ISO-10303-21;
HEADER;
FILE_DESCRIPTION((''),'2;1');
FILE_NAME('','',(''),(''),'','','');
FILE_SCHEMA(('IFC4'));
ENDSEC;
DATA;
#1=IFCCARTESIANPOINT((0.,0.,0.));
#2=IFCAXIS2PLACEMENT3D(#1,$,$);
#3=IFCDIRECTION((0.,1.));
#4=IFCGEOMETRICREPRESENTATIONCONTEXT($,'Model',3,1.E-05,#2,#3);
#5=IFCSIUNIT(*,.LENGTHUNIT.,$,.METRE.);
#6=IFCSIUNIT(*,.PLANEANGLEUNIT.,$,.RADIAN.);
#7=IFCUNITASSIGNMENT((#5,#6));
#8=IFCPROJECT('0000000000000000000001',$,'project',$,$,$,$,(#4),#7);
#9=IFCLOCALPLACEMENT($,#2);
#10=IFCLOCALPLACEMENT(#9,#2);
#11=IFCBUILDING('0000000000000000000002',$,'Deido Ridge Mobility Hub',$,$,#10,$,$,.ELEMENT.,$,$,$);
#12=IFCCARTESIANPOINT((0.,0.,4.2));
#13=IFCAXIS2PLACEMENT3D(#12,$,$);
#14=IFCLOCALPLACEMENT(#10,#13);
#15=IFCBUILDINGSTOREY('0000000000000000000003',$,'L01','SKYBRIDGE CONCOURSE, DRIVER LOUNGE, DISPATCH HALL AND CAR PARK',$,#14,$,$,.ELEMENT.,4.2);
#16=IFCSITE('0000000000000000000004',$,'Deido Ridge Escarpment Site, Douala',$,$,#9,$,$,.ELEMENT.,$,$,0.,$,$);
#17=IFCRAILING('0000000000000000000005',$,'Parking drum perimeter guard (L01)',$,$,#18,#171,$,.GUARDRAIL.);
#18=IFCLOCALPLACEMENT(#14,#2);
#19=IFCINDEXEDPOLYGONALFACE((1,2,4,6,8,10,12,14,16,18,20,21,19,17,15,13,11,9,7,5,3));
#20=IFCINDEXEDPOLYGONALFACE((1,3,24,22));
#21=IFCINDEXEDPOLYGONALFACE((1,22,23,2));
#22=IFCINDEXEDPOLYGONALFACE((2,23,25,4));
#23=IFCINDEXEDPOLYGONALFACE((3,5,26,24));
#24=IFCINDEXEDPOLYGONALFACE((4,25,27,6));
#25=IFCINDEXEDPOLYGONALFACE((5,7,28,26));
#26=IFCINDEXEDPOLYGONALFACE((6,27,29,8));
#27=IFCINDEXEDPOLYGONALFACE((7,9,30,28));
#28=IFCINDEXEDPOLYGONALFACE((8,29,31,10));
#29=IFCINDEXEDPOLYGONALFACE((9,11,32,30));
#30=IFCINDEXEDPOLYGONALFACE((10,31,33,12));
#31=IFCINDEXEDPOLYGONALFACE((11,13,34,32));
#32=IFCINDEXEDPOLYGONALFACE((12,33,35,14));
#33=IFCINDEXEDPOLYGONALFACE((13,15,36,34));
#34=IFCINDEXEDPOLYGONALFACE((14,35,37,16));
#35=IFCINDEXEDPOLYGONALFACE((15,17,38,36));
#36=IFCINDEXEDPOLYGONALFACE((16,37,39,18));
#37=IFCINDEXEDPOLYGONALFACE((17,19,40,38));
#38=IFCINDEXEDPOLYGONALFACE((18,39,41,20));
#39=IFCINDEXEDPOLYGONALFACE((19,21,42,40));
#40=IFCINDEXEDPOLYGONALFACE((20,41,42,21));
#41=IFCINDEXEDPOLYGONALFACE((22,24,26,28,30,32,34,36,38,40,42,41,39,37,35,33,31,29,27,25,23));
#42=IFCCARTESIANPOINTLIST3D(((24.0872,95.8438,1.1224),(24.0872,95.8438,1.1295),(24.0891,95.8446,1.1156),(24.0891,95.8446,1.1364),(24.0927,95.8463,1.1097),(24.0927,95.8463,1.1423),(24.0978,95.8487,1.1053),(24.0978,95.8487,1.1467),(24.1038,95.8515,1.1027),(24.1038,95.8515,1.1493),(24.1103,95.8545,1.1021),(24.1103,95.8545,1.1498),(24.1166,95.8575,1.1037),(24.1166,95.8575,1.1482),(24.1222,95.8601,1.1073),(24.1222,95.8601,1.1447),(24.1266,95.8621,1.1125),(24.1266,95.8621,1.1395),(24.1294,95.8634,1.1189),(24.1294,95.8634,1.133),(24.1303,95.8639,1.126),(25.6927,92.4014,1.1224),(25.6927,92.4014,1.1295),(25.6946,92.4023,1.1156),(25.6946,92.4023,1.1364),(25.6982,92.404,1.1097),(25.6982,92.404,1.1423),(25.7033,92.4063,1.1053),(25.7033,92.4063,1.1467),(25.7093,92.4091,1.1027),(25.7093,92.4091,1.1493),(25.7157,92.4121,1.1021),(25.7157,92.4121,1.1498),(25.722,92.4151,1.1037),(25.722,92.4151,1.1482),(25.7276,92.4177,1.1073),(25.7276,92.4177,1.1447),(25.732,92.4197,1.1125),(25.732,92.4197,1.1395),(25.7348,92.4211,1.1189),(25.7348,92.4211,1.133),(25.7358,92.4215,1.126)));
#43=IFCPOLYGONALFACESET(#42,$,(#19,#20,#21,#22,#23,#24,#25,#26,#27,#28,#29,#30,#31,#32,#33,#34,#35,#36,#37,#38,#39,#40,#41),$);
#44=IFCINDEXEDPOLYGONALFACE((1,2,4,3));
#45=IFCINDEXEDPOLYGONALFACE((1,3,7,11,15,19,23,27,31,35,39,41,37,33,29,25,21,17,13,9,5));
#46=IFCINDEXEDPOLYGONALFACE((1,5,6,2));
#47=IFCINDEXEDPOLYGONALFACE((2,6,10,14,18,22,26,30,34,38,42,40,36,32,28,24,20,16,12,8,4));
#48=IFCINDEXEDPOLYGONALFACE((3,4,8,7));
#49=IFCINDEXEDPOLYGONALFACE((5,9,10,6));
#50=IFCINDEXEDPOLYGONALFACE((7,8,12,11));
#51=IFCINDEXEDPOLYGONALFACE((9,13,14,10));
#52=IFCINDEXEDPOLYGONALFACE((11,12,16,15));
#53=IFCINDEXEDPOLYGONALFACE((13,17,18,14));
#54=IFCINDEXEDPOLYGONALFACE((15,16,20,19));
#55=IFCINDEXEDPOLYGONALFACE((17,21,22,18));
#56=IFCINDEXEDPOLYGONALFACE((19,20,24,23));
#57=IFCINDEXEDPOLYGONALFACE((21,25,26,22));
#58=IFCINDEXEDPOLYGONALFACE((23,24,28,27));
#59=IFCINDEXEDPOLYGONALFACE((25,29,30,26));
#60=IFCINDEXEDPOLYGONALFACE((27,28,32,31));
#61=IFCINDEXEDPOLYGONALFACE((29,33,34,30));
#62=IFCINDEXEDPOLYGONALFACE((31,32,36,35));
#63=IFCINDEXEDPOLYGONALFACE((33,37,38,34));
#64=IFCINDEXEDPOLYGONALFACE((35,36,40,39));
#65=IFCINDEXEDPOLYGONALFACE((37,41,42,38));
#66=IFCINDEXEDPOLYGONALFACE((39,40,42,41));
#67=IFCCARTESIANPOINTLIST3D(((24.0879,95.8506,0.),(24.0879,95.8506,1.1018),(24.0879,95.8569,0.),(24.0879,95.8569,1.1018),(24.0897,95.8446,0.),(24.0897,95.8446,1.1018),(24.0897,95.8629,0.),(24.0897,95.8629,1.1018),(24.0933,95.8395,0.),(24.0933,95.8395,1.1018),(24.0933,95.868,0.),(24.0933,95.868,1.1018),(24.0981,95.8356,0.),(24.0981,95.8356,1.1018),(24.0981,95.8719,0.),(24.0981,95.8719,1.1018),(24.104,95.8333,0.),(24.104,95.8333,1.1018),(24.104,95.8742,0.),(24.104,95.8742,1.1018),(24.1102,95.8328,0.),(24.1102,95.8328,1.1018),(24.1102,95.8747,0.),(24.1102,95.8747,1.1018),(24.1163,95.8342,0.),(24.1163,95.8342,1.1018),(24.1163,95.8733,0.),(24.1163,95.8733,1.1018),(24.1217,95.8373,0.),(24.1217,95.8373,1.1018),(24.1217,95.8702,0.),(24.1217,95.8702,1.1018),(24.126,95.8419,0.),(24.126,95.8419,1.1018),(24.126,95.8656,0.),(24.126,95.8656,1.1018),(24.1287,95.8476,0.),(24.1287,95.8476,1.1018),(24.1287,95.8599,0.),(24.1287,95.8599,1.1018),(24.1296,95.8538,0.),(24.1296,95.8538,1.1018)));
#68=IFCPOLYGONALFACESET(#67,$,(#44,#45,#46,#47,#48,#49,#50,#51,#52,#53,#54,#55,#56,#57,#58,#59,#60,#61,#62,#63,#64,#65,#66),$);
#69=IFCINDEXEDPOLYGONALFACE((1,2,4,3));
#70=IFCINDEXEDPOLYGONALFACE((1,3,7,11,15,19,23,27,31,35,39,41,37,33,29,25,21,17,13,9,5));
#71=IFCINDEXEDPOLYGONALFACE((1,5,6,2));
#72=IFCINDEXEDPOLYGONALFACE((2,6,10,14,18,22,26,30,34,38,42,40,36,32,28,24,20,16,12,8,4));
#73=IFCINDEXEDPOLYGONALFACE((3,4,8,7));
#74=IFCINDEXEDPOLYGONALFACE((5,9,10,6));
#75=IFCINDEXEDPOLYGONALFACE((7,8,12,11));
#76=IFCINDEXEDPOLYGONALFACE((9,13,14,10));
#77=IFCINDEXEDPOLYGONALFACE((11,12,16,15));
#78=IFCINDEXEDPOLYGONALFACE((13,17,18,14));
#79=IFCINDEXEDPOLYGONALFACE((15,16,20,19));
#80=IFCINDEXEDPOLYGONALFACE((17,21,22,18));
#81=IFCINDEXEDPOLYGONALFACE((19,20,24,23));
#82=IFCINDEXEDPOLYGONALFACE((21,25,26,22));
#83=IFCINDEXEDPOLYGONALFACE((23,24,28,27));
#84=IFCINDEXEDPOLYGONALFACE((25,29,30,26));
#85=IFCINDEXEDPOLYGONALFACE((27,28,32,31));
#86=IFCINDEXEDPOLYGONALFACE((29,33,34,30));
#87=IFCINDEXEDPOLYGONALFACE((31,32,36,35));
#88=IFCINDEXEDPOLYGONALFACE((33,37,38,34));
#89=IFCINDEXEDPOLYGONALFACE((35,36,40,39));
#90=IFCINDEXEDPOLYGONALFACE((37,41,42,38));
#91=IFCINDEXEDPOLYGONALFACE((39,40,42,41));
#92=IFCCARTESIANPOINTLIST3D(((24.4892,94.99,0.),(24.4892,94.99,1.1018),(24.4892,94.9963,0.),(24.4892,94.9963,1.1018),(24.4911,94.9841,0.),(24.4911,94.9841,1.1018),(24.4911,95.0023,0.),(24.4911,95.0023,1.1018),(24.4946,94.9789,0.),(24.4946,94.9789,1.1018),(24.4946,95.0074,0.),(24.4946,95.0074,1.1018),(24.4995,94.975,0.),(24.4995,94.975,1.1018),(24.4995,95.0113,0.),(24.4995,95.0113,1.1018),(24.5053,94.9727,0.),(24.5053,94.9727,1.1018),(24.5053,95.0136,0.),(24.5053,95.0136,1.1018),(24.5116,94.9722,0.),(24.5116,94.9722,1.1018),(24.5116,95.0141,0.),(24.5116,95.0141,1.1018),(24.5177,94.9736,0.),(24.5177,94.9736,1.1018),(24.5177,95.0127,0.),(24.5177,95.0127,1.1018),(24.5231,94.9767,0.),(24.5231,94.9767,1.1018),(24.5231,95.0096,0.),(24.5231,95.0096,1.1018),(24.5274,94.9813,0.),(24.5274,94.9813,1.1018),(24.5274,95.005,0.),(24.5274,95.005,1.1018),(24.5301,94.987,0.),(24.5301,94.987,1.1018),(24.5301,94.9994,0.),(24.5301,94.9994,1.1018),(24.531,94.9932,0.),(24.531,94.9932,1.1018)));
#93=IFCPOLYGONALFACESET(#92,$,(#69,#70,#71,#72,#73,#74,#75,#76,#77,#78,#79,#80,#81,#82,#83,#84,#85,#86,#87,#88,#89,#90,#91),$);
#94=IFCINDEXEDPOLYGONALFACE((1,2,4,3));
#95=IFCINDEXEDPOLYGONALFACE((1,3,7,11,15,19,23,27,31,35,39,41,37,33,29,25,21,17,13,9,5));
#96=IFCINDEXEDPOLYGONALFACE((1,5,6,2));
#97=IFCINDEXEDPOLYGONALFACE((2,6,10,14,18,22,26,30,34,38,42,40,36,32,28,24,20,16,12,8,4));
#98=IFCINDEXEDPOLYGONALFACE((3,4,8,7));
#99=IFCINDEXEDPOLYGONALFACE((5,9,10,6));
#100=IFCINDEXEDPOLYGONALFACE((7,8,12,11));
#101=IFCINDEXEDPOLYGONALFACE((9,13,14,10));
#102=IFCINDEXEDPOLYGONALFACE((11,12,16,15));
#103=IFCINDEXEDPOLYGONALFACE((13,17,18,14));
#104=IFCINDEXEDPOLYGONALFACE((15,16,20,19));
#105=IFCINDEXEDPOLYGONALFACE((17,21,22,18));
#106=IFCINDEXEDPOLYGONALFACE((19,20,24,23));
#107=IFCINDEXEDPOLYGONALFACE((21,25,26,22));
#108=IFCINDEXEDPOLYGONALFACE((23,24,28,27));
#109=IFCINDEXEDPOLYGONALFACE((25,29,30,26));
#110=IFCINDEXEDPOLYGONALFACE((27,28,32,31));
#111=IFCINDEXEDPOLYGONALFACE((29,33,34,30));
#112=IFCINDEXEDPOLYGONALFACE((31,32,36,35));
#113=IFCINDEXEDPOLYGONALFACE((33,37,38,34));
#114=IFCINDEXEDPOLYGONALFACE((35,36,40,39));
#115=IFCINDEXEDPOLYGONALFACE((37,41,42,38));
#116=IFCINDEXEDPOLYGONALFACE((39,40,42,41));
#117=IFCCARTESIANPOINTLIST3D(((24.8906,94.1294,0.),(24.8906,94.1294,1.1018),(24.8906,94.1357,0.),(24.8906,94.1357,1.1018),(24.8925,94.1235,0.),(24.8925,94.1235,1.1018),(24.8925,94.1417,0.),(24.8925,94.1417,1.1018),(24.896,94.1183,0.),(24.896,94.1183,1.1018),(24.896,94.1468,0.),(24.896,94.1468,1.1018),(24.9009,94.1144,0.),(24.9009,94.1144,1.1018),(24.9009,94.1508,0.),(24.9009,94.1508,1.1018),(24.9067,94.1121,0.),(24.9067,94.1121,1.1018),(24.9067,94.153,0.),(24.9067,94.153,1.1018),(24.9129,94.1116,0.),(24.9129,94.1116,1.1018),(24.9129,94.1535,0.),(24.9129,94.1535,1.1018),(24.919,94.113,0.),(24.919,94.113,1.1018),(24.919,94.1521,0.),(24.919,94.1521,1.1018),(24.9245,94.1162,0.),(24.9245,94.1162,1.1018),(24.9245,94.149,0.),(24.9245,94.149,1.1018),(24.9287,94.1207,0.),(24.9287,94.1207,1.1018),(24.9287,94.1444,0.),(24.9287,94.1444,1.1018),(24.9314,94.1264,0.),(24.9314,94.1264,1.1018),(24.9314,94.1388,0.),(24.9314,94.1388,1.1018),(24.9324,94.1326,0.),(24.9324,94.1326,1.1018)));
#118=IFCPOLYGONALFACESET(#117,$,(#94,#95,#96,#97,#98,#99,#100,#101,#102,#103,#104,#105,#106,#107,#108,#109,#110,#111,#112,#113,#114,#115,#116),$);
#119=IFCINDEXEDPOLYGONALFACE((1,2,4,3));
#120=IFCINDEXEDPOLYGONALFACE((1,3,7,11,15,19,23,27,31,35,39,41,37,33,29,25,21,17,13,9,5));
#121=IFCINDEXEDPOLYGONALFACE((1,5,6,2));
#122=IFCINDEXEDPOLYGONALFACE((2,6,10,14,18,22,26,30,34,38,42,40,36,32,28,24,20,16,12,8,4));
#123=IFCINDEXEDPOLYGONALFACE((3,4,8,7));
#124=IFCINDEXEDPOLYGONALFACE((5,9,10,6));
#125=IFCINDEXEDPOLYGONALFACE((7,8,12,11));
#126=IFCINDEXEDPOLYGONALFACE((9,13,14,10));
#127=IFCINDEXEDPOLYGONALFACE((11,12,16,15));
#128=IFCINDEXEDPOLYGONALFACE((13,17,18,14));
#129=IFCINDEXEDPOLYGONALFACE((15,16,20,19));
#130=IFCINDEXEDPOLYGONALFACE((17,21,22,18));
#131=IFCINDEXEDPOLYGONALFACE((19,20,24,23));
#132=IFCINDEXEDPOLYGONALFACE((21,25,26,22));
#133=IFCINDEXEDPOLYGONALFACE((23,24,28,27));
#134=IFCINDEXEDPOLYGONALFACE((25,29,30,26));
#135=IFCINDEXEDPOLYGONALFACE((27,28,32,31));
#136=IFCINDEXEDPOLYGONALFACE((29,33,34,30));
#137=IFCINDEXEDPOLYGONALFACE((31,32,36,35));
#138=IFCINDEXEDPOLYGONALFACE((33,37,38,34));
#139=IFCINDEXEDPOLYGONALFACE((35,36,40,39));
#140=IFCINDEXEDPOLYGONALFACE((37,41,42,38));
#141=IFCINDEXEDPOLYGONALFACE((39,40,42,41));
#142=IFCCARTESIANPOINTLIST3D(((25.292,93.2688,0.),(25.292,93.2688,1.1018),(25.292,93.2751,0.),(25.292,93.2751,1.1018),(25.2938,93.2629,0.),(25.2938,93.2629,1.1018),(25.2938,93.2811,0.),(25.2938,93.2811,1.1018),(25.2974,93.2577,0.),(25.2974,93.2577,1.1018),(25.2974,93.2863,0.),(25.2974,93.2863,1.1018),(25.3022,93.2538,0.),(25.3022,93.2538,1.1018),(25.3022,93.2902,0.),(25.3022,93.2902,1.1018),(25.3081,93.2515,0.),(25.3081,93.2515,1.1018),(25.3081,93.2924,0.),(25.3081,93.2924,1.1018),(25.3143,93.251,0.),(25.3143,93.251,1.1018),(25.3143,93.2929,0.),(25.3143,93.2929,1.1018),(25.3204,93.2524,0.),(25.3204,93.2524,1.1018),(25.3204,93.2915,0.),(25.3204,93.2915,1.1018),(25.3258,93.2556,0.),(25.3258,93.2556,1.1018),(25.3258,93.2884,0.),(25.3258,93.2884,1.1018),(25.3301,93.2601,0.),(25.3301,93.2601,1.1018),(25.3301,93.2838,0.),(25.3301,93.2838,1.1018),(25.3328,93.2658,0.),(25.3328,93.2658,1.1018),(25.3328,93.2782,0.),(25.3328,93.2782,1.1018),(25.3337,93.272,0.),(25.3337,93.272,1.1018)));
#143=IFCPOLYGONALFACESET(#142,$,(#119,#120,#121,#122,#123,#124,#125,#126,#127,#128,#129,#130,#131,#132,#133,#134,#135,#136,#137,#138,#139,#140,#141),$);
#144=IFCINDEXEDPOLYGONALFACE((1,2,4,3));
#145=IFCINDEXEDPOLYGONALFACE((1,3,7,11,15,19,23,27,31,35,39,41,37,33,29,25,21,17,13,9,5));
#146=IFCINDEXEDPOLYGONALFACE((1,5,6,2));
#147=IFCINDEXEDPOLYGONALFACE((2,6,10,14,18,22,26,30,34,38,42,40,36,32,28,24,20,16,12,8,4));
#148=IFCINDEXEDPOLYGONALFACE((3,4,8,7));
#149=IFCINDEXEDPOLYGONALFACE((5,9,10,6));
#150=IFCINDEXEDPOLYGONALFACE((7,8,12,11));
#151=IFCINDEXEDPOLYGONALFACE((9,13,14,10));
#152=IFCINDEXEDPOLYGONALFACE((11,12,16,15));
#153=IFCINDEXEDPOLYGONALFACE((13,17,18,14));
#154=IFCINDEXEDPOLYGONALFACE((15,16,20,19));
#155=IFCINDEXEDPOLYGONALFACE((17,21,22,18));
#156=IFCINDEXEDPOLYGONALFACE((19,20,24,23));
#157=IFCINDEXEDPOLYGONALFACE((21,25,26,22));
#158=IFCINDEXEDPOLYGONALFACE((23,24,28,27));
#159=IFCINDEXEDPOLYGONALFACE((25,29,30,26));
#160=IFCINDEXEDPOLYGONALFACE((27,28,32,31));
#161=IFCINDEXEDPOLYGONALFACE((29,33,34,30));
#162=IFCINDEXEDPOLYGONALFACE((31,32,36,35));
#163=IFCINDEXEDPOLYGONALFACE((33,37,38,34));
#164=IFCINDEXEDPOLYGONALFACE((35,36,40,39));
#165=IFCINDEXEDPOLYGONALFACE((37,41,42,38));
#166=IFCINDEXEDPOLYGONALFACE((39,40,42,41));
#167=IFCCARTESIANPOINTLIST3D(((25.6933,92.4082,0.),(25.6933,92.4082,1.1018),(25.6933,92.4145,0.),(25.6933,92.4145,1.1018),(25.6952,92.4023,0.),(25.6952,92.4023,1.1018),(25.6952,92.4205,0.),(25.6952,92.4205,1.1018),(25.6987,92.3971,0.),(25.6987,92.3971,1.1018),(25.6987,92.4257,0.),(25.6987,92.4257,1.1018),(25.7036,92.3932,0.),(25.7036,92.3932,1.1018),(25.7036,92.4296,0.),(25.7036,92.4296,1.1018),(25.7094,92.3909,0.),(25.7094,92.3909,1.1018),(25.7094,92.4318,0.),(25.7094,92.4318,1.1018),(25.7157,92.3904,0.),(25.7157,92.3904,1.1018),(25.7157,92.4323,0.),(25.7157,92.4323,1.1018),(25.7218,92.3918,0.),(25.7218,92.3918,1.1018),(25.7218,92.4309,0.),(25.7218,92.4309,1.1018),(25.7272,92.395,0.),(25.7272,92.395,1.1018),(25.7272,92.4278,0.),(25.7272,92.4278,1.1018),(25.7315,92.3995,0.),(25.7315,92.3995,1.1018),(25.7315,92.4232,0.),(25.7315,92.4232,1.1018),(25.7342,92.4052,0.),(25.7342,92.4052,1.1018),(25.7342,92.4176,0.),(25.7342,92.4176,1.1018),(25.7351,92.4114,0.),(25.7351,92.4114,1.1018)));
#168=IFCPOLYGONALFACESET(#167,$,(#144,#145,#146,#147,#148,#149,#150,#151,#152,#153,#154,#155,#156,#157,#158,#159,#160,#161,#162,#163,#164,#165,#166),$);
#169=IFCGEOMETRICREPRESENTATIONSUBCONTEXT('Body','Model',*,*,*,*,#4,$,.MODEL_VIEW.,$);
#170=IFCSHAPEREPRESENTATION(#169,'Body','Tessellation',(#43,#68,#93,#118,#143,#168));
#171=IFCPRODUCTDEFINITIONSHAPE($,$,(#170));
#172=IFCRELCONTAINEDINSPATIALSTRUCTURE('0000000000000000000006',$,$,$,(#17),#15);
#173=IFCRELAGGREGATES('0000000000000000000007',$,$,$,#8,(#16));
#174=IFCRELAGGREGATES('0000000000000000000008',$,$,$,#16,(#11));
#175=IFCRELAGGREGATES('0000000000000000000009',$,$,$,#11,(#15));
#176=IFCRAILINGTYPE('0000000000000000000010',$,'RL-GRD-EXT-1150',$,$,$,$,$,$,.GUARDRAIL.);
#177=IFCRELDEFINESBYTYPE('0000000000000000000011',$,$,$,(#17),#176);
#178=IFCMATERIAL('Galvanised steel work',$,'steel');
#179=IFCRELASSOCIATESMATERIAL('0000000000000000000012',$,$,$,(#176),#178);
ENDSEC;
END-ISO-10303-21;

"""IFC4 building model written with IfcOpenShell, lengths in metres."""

from ifc_helpers import new_model, si_unit, direction, frame, origin, origin_2d, place, context, subcontext, project, spatial, circle, extrude, material, type_object, element, save


model = new_model("IFC4")

# Units and contexts
model_context = context("Model", 3, precision=1e-05, world=origin(), true_north=direction((0.0, 1.0)))
body_context = subcontext(model_context, "Body", "Model", "MODEL_VIEW")
ifc_project = project(units=[si_unit("LENGTHUNIT", "METRE"), si_unit("PLANEANGLEUNIT", "RADIAN")], contexts=[model_context])

# Site, building, storey
site_placement = place(None, origin())
site = spatial("IfcSite", under=ifc_project, at=site_placement, Name="Deido Ridge Escarpment Site, Douala", CompositionType="ELEMENT", RefElevation=0.0)
building_placement = place(site_placement, origin())
building = spatial("IfcBuilding", under=site, at=building_placement, Name="Deido Ridge Mobility Hub", CompositionType="ELEMENT")
storey_placement = place(building_placement, frame((0.0, 0.0, 4.2)))
storey = spatial("IfcBuildingStorey", under=building, at=storey_placement, Name="L01", Description="SKYBRIDGE CONCOURSE, DRIVER LOUNGE, DISPATCH HALL AND CAR PARK", CompositionType="ELEMENT", Elevation=4.2)

# Railing
ifc_material_1 = material(Name="Galvanised steel work", Category="steel")
railing_type = type_object("IfcRailingType", Name="RL-GRD-EXT-1150", PredefinedType="GUARDRAIL", material=ifc_material_1)
railing_1_placement = place(storey_placement, frame((24.1086, 95.8538, 0.0)))
element("IfcRailing", 1, at=railing_1_placement, inside=storey, type_object=railing_type, Name="Parking drum perimeter guard (L01)", PredefinedType="GUARDRAIL", context=body_context, shape_type="SweptSolid", body=[
    extrude(circle(Radius=0.0239, at=origin_2d()), frame((0.0, 0.0, 1.126), z_axis=(0.422674, -0.906282, 0.0), x_axis=(0.906282, 0.422674, 0.0)), (0.0, 0.0, 1.0), 3.7983),
    extrude(circle(Radius=0.021, at=origin_2d()), origin(), (0.0, 0.0, 1.0), 1.1018),
    extrude(circle(Radius=0.021, at=origin_2d()), frame((0.4014, -0.8606, 0.0)), (0.0, 0.0, 1.0), 1.1018),
    extrude(circle(Radius=0.021, at=origin_2d()), frame((0.8027, -1.7212, 0.0)), (0.0, 0.0, 1.0), 1.1018),
    extrude(circle(Radius=0.021, at=origin_2d()), frame((1.2041, -2.5818, 0.0)), (0.0, 0.0, 1.0), 1.1018),
    extrude(circle(Radius=0.021, at=origin_2d()), frame((1.6055, -3.4424, 0.0)), (0.0, 0.0, 1.0), 1.1018),
])

save(model, "model.ifc")
